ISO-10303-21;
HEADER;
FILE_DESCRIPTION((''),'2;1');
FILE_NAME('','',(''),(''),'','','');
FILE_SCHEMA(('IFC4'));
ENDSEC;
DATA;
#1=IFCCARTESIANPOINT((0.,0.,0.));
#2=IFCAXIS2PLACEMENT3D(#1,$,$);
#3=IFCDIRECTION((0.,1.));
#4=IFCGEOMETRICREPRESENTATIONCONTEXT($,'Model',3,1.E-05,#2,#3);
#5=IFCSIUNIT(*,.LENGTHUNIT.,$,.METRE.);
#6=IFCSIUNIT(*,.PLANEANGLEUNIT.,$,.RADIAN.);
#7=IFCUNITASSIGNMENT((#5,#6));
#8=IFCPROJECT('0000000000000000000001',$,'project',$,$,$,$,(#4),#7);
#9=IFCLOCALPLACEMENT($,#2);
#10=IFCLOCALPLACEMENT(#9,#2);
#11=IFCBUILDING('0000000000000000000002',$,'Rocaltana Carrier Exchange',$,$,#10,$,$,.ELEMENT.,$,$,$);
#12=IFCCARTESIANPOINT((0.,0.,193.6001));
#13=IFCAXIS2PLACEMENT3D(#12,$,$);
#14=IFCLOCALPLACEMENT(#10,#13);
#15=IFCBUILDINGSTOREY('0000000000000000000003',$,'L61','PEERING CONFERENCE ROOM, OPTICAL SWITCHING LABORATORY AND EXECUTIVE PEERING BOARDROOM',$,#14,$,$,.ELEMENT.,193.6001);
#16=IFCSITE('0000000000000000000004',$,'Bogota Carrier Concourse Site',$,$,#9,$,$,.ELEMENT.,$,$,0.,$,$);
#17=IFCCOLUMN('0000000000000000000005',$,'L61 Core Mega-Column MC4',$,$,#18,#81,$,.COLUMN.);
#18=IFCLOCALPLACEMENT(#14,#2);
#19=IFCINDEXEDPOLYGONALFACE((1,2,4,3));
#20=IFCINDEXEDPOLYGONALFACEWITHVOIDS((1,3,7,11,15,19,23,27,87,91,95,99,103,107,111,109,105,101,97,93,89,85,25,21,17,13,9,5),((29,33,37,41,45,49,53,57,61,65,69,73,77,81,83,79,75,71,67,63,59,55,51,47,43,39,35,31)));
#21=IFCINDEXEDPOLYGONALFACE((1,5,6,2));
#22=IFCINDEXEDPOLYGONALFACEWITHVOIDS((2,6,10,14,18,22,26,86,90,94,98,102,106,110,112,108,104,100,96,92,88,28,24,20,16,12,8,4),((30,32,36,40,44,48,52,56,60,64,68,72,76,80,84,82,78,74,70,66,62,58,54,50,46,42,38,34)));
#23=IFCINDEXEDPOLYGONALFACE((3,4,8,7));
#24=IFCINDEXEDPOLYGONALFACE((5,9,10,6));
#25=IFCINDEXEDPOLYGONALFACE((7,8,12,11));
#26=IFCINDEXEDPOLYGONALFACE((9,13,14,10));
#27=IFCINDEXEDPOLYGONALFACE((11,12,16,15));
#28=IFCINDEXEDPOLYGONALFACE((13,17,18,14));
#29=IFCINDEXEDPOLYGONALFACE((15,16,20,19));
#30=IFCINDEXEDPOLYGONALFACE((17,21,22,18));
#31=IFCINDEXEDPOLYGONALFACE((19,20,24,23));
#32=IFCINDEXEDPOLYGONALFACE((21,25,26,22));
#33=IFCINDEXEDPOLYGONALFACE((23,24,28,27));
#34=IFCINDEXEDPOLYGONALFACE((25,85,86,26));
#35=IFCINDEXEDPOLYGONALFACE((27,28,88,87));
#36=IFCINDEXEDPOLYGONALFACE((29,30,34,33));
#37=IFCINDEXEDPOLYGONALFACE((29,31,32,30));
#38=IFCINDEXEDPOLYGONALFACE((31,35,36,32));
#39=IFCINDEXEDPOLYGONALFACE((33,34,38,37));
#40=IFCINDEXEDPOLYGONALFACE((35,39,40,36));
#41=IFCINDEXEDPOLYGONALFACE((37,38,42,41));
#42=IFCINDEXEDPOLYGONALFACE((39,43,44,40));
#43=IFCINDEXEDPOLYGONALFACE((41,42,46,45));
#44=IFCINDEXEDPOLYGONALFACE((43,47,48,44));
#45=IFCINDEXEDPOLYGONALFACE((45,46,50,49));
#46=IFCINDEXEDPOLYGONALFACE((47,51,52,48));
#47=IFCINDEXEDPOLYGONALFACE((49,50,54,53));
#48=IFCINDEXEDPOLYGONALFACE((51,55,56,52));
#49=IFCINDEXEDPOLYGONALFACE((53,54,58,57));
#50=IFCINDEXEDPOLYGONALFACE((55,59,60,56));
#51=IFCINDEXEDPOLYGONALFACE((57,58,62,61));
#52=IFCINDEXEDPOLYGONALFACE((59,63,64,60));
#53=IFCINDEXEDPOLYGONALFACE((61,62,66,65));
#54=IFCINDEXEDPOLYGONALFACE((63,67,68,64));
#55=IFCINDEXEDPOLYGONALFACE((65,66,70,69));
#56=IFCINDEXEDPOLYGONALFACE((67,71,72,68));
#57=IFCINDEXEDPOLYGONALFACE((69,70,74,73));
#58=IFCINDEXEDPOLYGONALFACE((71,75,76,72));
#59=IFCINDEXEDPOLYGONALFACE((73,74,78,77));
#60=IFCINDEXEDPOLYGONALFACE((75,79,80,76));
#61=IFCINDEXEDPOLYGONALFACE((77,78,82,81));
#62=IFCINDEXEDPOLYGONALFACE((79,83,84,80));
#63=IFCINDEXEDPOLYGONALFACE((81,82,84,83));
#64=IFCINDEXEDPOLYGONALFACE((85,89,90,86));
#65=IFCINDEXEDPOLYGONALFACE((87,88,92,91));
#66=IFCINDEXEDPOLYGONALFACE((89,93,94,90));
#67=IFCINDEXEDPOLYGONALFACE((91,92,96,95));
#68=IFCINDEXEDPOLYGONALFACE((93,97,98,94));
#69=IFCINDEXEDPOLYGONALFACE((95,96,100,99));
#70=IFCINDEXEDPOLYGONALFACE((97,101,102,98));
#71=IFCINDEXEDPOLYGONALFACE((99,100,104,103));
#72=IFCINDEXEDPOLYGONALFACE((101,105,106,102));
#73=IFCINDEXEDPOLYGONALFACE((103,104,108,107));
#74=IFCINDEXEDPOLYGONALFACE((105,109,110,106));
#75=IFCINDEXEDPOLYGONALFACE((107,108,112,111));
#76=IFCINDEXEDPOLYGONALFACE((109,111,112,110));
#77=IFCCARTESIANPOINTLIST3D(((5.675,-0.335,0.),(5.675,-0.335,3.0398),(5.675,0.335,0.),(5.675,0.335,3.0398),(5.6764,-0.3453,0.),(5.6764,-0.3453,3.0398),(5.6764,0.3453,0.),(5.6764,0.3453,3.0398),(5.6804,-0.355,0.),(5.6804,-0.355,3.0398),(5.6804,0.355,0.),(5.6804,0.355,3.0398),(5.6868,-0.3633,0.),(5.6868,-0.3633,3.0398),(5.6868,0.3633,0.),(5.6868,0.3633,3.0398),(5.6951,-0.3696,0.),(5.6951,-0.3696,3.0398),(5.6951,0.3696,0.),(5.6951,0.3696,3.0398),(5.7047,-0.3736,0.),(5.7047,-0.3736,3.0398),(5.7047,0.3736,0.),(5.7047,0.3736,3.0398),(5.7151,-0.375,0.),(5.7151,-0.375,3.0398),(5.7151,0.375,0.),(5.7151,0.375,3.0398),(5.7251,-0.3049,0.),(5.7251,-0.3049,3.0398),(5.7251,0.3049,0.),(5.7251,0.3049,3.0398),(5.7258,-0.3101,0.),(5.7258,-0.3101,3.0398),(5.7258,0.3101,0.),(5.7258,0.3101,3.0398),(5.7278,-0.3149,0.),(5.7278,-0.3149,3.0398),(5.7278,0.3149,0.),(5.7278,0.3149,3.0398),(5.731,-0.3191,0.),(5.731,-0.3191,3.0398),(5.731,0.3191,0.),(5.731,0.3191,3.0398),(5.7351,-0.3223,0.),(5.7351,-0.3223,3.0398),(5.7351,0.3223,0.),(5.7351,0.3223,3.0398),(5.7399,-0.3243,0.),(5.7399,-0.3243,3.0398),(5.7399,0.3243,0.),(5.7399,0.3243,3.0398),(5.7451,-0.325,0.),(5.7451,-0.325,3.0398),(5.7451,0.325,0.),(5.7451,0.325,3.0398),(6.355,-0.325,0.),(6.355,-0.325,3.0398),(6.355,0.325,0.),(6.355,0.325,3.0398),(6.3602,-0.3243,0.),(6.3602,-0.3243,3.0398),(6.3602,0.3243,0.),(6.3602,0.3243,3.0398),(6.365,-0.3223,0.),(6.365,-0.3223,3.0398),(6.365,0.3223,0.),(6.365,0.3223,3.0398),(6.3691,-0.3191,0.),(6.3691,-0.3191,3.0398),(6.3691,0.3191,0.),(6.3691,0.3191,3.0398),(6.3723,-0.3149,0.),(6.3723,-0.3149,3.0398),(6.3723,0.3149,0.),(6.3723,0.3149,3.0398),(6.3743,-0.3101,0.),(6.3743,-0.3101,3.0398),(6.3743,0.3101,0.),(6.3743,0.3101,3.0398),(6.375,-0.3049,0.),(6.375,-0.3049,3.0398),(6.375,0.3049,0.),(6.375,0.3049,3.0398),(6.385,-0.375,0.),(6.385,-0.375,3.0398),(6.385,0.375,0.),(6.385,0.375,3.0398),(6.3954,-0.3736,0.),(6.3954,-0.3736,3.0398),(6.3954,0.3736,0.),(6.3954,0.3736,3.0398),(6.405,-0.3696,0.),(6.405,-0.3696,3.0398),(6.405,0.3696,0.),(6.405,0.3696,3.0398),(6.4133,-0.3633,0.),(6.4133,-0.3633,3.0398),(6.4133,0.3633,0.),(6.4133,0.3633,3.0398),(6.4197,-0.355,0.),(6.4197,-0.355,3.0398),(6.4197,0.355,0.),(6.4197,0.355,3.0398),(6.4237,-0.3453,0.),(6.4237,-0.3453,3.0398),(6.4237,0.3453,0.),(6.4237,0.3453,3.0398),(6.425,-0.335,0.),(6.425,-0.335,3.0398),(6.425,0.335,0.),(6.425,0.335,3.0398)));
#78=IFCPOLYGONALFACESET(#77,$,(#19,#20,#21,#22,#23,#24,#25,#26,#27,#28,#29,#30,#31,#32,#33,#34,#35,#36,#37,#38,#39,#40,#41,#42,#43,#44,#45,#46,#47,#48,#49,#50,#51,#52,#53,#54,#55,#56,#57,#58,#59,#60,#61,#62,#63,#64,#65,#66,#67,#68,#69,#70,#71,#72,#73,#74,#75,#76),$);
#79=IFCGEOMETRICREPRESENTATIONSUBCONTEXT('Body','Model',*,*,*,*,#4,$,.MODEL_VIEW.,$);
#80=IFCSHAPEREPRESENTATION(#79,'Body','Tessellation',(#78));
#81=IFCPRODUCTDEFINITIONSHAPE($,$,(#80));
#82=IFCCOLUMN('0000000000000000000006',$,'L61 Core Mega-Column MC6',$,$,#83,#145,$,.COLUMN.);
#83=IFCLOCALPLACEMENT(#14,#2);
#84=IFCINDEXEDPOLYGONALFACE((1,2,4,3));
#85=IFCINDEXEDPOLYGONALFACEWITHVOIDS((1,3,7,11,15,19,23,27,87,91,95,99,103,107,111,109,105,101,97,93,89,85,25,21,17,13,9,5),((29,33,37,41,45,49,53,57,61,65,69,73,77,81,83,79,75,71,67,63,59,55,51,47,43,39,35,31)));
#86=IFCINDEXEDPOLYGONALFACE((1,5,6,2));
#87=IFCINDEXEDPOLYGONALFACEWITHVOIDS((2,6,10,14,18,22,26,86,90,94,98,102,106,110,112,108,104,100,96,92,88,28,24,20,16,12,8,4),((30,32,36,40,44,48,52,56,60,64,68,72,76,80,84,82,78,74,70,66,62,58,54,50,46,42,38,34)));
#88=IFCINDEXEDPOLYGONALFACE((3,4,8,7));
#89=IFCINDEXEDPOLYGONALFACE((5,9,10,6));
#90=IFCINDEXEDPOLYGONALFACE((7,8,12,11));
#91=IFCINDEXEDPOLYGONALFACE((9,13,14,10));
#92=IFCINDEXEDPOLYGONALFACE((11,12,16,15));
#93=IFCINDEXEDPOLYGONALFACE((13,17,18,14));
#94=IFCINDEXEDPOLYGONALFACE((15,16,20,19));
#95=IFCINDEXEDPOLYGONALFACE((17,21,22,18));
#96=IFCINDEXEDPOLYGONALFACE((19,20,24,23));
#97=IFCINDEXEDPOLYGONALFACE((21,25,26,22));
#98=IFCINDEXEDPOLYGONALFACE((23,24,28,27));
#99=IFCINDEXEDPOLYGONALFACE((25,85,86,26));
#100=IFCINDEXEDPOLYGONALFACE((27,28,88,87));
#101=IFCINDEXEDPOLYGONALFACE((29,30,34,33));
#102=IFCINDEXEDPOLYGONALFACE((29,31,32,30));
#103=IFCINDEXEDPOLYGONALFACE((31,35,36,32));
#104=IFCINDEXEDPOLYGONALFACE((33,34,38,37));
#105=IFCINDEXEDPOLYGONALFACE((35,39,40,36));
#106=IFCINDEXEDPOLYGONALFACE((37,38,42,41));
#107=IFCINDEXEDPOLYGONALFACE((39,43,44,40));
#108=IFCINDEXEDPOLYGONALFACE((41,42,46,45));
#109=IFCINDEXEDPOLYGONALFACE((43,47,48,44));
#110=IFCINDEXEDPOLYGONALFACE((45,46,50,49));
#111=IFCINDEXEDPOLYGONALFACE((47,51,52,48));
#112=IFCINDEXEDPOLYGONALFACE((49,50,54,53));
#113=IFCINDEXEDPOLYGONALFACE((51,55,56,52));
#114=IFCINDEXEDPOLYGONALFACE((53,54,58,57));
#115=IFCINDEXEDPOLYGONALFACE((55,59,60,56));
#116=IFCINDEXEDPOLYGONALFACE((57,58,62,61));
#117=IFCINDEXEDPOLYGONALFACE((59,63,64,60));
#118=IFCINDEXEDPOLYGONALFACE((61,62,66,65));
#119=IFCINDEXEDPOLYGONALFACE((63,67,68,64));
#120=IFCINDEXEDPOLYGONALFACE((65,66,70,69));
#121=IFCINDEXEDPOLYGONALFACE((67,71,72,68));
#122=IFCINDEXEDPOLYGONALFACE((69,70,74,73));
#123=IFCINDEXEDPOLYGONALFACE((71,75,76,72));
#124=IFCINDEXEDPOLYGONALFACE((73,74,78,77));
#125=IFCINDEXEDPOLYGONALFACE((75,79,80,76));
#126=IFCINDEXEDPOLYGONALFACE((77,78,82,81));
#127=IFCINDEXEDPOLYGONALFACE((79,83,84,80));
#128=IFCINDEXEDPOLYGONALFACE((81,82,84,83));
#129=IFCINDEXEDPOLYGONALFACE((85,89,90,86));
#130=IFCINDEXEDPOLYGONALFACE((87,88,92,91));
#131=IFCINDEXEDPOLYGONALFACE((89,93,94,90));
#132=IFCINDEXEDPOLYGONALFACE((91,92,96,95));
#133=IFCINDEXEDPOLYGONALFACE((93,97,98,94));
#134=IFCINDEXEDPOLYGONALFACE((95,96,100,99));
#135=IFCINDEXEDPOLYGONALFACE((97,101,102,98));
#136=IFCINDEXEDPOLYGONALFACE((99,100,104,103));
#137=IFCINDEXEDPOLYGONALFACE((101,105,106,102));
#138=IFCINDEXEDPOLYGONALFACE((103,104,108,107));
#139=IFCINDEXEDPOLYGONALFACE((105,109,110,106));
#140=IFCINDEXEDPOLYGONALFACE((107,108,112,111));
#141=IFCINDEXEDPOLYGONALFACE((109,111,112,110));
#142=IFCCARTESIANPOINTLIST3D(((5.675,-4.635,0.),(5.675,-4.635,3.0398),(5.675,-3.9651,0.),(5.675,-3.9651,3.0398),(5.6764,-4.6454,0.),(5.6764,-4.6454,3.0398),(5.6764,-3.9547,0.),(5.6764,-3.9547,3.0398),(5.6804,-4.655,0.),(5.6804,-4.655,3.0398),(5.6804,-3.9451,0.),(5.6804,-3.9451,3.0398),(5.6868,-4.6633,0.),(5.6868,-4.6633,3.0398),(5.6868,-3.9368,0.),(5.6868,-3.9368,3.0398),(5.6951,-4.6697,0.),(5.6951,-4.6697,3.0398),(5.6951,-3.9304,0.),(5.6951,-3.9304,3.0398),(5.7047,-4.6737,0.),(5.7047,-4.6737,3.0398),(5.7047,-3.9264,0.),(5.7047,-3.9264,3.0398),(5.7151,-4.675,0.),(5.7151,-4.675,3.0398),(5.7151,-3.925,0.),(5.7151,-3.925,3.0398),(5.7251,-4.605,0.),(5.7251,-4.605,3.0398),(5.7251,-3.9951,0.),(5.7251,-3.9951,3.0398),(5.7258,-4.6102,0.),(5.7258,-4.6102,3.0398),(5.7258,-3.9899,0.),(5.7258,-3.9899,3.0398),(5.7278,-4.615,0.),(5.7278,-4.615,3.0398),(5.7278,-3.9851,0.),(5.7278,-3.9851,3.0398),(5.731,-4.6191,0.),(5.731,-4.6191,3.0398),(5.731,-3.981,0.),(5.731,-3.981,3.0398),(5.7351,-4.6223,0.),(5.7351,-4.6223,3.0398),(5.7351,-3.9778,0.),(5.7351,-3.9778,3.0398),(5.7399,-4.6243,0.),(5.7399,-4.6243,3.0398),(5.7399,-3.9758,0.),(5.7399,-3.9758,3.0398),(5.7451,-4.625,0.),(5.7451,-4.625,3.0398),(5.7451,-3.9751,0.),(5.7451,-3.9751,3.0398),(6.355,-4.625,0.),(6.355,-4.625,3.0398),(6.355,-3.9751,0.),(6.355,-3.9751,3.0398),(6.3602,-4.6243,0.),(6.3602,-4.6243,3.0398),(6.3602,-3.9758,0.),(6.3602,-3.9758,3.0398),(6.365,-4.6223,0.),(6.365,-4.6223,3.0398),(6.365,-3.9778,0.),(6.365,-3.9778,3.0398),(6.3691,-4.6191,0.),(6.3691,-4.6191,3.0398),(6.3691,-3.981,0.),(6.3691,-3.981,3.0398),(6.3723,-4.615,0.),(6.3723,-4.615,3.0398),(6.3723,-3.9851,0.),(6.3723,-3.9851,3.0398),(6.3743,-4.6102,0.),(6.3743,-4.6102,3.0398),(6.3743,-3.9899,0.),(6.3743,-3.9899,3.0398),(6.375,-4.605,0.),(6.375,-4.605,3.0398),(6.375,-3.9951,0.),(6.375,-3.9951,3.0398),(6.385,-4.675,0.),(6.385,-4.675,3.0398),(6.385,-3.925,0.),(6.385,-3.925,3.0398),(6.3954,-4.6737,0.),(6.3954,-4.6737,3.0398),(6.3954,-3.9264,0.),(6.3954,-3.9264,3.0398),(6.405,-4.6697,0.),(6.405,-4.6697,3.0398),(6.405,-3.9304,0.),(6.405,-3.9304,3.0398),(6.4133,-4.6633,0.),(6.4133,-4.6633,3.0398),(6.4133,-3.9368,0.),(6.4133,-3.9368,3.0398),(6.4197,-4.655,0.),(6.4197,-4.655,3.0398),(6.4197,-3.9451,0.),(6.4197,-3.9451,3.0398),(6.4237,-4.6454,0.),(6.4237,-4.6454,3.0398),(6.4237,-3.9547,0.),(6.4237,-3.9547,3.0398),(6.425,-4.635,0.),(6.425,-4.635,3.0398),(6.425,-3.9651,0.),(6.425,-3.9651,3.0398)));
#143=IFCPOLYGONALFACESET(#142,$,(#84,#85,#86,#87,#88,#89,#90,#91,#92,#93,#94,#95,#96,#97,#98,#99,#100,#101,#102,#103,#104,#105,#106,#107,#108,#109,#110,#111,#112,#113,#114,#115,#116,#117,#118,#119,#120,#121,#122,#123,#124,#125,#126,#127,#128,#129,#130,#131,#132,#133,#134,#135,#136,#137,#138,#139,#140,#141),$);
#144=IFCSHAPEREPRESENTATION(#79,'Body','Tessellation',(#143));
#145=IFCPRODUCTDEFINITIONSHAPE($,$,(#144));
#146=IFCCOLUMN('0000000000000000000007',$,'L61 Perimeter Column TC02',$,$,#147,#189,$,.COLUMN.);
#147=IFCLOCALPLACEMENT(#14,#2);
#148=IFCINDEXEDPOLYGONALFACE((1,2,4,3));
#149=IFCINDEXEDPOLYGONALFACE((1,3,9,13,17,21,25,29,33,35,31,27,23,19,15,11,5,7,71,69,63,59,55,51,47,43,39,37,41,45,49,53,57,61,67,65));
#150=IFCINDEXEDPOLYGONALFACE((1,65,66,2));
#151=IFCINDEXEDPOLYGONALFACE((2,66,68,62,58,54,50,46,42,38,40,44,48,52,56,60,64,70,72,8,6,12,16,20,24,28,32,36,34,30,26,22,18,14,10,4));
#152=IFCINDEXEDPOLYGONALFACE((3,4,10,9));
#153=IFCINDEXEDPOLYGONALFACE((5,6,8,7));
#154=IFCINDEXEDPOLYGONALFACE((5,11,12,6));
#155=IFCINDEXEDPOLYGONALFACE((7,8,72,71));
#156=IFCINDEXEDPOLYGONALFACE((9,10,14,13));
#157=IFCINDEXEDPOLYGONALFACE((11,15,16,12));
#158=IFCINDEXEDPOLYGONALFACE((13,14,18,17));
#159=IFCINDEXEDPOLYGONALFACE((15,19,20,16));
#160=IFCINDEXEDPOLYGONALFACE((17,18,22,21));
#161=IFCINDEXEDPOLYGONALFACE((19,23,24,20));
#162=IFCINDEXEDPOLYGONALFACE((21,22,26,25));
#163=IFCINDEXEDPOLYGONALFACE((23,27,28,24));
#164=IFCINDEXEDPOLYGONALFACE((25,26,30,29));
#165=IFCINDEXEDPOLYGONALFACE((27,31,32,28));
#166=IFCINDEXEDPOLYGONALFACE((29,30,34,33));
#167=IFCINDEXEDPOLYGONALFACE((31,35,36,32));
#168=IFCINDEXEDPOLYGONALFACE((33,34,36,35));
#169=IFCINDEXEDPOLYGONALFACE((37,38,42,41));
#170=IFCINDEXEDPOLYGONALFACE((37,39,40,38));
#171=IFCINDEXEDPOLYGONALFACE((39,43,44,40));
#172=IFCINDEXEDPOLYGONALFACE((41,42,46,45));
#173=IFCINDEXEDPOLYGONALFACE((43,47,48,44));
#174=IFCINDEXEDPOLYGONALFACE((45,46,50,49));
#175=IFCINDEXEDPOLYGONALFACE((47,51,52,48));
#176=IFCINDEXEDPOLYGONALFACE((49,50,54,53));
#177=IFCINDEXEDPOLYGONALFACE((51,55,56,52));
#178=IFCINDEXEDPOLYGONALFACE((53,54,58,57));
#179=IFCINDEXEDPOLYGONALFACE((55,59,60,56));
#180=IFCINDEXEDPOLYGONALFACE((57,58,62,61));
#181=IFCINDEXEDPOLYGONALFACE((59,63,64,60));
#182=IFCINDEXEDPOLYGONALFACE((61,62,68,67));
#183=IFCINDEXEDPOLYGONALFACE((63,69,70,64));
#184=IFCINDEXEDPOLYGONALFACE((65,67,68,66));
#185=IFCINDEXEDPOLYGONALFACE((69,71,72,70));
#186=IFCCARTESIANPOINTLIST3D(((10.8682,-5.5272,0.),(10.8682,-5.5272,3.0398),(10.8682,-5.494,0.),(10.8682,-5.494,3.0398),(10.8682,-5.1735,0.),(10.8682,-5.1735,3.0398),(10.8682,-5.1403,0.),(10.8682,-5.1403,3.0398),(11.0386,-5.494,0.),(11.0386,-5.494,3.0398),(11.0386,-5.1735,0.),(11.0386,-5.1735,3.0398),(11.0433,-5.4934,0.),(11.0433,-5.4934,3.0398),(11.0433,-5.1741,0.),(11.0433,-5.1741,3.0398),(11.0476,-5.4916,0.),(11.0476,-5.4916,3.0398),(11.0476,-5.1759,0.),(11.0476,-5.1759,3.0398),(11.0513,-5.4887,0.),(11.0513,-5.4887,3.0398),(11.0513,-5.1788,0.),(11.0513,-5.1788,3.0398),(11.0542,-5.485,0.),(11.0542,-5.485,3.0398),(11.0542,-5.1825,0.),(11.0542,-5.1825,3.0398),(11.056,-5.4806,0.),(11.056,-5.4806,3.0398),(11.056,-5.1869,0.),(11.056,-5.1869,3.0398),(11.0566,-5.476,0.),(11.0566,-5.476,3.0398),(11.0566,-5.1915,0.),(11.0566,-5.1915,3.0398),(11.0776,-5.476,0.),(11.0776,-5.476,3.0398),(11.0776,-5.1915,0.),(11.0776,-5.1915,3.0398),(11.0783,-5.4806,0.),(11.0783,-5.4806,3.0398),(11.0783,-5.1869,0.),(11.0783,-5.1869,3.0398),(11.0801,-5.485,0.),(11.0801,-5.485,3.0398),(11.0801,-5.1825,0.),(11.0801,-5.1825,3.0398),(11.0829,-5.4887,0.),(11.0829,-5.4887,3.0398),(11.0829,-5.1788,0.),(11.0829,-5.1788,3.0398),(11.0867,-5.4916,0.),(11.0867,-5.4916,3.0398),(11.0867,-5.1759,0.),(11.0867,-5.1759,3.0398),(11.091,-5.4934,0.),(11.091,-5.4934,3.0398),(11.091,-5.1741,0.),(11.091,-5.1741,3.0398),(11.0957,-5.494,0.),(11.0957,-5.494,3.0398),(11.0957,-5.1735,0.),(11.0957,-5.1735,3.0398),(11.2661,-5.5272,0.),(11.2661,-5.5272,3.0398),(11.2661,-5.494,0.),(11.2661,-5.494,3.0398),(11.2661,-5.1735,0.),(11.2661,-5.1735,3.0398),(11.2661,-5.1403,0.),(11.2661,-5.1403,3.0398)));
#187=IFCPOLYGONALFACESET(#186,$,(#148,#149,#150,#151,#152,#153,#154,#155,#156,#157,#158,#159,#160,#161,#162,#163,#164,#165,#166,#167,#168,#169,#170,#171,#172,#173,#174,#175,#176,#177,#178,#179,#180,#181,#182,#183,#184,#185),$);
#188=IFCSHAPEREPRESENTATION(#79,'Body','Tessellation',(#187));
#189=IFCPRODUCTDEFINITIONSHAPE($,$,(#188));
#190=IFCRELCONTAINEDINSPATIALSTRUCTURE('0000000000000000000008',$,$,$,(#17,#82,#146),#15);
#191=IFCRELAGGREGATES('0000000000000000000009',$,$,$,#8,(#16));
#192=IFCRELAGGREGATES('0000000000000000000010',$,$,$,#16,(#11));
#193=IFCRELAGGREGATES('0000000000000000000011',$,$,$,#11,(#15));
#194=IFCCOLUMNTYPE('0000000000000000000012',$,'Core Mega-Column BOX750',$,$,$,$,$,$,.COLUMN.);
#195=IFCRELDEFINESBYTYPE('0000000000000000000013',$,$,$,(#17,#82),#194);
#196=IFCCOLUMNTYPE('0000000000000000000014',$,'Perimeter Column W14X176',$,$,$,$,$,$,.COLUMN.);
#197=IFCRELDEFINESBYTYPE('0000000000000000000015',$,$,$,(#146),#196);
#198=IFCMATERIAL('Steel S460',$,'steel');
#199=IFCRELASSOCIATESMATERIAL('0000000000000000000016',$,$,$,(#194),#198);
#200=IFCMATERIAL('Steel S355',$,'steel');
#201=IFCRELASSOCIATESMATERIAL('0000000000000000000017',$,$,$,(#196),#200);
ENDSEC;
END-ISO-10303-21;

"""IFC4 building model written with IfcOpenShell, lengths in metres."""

from ifc_helpers import new_model, si_unit, direction, frame, origin, origin_2d, place, context, subcontext, project, spatial, hollow_rectangle, i_section, extrude, material, material_profile, profile_set, type_object, element, save


model = new_model("IFC4")

# Units and contexts
model_context = context("Model", 3, precision=1e-05, world=origin(), true_north=direction((0.0, 1.0)))
body_context = subcontext(model_context, "Body", "Model", "MODEL_VIEW")
ifc_project = project(units=[si_unit("LENGTHUNIT", "METRE"), si_unit("PLANEANGLEUNIT", "RADIAN")], contexts=[model_context])

# Site, building, storey
site_placement = place(None, origin())
site = spatial("IfcSite", under=ifc_project, at=site_placement, Name="Bogota Carrier Concourse Site", CompositionType="ELEMENT", RefElevation=0.0)
building_placement = place(site_placement, origin())
building = spatial("IfcBuilding", under=site, at=building_placement, Name="Rocaltana Carrier Exchange", CompositionType="ELEMENT")
storey_placement = place(building_placement, frame((0.0, 0.0, 193.6001)))
storey = spatial("IfcBuildingStorey", under=building, at=storey_placement, Name="L61", Description="PEERING CONFERENCE ROOM, OPTICAL SWITCHING LABORATORY AND EXECUTIVE PEERING BOARDROOM", CompositionType="ELEMENT", Elevation=193.6001)

# Columns
ifc_material_1 = material(Name="Steel S460", Category="steel")
ifc_material_profile_1 = material_profile(ifc_material_1, hollow_rectangle(XDim=0.75, YDim=0.75, WallThickness=0.05, InnerFilletRadius=0.02, OuterFilletRadius=0.04, at=origin_2d()), Name="BOX750X750X50")
ifc_profile_set_1 = profile_set([ifc_material_profile_1], Name="Steel S460")
column_type_1 = type_object("IfcColumnType", Name="Core Mega-Column BOX750", PredefinedType="COLUMN", material=ifc_profile_set_1)
for number, where, z_axis, x_axis, name in (
    (1, (6.05, 0.0, 0.0), (0.0, 0.0, 1.0), (1.0, 0.0, 0.0), "L61 Core Mega-Column MC4"),
    (2, (6.05, -4.3, 0.0), (0.0, 0.0, 1.0), (1.0, 0.0, 0.0), "L61 Core Mega-Column MC6"),
):
    element("IfcColumn", number, at=place(storey_placement, frame(where, z_axis=z_axis, x_axis=x_axis)), inside=storey, type_object=column_type_1, Name=name, PredefinedType="COLUMN", context=body_context, shape_type="SweptSolid", body=[
        extrude(hollow_rectangle(XDim=0.75, YDim=0.75, WallThickness=0.05, InnerFilletRadius=0.02, OuterFilletRadius=0.04, at=origin_2d()), origin(), (0.0, 0.0, 1.0), 3.0398),
    ])
ifc_material_2 = material(Name="Steel S355", Category="steel")
ifc_material_profile_2 = material_profile(ifc_material_2, i_section(OverallWidth=0.3979, OverallDepth=0.387, WebThickness=0.021, FlangeThickness=0.0332, FilletRadius=0.0181, at=origin_2d()), Name="W14X176")
ifc_profile_set_2 = profile_set([ifc_material_profile_2], Name="Steel S355")
column_type_2 = type_object("IfcColumnType", Name="Perimeter Column W14X176", PredefinedType="COLUMN", material=ifc_profile_set_2)
column_placement = place(storey_placement, frame((11.0671, -5.3337, 0.0), z_axis=(0.0, 0.0, 1.0), x_axis=(1.0, 0.0, 0.0)))
element("IfcColumn", 3, at=column_placement, inside=storey, type_object=column_type_2, Name="L61 Perimeter Column TC02", PredefinedType="COLUMN", context=body_context, shape_type="SweptSolid", body=[
    extrude(i_section(OverallWidth=0.3979, OverallDepth=0.387, WebThickness=0.021, FlangeThickness=0.0332, FilletRadius=0.0181, at=origin_2d()), origin(), (0.0, 0.0, 1.0), 3.0398),
])

save(model, "model.ifc")
